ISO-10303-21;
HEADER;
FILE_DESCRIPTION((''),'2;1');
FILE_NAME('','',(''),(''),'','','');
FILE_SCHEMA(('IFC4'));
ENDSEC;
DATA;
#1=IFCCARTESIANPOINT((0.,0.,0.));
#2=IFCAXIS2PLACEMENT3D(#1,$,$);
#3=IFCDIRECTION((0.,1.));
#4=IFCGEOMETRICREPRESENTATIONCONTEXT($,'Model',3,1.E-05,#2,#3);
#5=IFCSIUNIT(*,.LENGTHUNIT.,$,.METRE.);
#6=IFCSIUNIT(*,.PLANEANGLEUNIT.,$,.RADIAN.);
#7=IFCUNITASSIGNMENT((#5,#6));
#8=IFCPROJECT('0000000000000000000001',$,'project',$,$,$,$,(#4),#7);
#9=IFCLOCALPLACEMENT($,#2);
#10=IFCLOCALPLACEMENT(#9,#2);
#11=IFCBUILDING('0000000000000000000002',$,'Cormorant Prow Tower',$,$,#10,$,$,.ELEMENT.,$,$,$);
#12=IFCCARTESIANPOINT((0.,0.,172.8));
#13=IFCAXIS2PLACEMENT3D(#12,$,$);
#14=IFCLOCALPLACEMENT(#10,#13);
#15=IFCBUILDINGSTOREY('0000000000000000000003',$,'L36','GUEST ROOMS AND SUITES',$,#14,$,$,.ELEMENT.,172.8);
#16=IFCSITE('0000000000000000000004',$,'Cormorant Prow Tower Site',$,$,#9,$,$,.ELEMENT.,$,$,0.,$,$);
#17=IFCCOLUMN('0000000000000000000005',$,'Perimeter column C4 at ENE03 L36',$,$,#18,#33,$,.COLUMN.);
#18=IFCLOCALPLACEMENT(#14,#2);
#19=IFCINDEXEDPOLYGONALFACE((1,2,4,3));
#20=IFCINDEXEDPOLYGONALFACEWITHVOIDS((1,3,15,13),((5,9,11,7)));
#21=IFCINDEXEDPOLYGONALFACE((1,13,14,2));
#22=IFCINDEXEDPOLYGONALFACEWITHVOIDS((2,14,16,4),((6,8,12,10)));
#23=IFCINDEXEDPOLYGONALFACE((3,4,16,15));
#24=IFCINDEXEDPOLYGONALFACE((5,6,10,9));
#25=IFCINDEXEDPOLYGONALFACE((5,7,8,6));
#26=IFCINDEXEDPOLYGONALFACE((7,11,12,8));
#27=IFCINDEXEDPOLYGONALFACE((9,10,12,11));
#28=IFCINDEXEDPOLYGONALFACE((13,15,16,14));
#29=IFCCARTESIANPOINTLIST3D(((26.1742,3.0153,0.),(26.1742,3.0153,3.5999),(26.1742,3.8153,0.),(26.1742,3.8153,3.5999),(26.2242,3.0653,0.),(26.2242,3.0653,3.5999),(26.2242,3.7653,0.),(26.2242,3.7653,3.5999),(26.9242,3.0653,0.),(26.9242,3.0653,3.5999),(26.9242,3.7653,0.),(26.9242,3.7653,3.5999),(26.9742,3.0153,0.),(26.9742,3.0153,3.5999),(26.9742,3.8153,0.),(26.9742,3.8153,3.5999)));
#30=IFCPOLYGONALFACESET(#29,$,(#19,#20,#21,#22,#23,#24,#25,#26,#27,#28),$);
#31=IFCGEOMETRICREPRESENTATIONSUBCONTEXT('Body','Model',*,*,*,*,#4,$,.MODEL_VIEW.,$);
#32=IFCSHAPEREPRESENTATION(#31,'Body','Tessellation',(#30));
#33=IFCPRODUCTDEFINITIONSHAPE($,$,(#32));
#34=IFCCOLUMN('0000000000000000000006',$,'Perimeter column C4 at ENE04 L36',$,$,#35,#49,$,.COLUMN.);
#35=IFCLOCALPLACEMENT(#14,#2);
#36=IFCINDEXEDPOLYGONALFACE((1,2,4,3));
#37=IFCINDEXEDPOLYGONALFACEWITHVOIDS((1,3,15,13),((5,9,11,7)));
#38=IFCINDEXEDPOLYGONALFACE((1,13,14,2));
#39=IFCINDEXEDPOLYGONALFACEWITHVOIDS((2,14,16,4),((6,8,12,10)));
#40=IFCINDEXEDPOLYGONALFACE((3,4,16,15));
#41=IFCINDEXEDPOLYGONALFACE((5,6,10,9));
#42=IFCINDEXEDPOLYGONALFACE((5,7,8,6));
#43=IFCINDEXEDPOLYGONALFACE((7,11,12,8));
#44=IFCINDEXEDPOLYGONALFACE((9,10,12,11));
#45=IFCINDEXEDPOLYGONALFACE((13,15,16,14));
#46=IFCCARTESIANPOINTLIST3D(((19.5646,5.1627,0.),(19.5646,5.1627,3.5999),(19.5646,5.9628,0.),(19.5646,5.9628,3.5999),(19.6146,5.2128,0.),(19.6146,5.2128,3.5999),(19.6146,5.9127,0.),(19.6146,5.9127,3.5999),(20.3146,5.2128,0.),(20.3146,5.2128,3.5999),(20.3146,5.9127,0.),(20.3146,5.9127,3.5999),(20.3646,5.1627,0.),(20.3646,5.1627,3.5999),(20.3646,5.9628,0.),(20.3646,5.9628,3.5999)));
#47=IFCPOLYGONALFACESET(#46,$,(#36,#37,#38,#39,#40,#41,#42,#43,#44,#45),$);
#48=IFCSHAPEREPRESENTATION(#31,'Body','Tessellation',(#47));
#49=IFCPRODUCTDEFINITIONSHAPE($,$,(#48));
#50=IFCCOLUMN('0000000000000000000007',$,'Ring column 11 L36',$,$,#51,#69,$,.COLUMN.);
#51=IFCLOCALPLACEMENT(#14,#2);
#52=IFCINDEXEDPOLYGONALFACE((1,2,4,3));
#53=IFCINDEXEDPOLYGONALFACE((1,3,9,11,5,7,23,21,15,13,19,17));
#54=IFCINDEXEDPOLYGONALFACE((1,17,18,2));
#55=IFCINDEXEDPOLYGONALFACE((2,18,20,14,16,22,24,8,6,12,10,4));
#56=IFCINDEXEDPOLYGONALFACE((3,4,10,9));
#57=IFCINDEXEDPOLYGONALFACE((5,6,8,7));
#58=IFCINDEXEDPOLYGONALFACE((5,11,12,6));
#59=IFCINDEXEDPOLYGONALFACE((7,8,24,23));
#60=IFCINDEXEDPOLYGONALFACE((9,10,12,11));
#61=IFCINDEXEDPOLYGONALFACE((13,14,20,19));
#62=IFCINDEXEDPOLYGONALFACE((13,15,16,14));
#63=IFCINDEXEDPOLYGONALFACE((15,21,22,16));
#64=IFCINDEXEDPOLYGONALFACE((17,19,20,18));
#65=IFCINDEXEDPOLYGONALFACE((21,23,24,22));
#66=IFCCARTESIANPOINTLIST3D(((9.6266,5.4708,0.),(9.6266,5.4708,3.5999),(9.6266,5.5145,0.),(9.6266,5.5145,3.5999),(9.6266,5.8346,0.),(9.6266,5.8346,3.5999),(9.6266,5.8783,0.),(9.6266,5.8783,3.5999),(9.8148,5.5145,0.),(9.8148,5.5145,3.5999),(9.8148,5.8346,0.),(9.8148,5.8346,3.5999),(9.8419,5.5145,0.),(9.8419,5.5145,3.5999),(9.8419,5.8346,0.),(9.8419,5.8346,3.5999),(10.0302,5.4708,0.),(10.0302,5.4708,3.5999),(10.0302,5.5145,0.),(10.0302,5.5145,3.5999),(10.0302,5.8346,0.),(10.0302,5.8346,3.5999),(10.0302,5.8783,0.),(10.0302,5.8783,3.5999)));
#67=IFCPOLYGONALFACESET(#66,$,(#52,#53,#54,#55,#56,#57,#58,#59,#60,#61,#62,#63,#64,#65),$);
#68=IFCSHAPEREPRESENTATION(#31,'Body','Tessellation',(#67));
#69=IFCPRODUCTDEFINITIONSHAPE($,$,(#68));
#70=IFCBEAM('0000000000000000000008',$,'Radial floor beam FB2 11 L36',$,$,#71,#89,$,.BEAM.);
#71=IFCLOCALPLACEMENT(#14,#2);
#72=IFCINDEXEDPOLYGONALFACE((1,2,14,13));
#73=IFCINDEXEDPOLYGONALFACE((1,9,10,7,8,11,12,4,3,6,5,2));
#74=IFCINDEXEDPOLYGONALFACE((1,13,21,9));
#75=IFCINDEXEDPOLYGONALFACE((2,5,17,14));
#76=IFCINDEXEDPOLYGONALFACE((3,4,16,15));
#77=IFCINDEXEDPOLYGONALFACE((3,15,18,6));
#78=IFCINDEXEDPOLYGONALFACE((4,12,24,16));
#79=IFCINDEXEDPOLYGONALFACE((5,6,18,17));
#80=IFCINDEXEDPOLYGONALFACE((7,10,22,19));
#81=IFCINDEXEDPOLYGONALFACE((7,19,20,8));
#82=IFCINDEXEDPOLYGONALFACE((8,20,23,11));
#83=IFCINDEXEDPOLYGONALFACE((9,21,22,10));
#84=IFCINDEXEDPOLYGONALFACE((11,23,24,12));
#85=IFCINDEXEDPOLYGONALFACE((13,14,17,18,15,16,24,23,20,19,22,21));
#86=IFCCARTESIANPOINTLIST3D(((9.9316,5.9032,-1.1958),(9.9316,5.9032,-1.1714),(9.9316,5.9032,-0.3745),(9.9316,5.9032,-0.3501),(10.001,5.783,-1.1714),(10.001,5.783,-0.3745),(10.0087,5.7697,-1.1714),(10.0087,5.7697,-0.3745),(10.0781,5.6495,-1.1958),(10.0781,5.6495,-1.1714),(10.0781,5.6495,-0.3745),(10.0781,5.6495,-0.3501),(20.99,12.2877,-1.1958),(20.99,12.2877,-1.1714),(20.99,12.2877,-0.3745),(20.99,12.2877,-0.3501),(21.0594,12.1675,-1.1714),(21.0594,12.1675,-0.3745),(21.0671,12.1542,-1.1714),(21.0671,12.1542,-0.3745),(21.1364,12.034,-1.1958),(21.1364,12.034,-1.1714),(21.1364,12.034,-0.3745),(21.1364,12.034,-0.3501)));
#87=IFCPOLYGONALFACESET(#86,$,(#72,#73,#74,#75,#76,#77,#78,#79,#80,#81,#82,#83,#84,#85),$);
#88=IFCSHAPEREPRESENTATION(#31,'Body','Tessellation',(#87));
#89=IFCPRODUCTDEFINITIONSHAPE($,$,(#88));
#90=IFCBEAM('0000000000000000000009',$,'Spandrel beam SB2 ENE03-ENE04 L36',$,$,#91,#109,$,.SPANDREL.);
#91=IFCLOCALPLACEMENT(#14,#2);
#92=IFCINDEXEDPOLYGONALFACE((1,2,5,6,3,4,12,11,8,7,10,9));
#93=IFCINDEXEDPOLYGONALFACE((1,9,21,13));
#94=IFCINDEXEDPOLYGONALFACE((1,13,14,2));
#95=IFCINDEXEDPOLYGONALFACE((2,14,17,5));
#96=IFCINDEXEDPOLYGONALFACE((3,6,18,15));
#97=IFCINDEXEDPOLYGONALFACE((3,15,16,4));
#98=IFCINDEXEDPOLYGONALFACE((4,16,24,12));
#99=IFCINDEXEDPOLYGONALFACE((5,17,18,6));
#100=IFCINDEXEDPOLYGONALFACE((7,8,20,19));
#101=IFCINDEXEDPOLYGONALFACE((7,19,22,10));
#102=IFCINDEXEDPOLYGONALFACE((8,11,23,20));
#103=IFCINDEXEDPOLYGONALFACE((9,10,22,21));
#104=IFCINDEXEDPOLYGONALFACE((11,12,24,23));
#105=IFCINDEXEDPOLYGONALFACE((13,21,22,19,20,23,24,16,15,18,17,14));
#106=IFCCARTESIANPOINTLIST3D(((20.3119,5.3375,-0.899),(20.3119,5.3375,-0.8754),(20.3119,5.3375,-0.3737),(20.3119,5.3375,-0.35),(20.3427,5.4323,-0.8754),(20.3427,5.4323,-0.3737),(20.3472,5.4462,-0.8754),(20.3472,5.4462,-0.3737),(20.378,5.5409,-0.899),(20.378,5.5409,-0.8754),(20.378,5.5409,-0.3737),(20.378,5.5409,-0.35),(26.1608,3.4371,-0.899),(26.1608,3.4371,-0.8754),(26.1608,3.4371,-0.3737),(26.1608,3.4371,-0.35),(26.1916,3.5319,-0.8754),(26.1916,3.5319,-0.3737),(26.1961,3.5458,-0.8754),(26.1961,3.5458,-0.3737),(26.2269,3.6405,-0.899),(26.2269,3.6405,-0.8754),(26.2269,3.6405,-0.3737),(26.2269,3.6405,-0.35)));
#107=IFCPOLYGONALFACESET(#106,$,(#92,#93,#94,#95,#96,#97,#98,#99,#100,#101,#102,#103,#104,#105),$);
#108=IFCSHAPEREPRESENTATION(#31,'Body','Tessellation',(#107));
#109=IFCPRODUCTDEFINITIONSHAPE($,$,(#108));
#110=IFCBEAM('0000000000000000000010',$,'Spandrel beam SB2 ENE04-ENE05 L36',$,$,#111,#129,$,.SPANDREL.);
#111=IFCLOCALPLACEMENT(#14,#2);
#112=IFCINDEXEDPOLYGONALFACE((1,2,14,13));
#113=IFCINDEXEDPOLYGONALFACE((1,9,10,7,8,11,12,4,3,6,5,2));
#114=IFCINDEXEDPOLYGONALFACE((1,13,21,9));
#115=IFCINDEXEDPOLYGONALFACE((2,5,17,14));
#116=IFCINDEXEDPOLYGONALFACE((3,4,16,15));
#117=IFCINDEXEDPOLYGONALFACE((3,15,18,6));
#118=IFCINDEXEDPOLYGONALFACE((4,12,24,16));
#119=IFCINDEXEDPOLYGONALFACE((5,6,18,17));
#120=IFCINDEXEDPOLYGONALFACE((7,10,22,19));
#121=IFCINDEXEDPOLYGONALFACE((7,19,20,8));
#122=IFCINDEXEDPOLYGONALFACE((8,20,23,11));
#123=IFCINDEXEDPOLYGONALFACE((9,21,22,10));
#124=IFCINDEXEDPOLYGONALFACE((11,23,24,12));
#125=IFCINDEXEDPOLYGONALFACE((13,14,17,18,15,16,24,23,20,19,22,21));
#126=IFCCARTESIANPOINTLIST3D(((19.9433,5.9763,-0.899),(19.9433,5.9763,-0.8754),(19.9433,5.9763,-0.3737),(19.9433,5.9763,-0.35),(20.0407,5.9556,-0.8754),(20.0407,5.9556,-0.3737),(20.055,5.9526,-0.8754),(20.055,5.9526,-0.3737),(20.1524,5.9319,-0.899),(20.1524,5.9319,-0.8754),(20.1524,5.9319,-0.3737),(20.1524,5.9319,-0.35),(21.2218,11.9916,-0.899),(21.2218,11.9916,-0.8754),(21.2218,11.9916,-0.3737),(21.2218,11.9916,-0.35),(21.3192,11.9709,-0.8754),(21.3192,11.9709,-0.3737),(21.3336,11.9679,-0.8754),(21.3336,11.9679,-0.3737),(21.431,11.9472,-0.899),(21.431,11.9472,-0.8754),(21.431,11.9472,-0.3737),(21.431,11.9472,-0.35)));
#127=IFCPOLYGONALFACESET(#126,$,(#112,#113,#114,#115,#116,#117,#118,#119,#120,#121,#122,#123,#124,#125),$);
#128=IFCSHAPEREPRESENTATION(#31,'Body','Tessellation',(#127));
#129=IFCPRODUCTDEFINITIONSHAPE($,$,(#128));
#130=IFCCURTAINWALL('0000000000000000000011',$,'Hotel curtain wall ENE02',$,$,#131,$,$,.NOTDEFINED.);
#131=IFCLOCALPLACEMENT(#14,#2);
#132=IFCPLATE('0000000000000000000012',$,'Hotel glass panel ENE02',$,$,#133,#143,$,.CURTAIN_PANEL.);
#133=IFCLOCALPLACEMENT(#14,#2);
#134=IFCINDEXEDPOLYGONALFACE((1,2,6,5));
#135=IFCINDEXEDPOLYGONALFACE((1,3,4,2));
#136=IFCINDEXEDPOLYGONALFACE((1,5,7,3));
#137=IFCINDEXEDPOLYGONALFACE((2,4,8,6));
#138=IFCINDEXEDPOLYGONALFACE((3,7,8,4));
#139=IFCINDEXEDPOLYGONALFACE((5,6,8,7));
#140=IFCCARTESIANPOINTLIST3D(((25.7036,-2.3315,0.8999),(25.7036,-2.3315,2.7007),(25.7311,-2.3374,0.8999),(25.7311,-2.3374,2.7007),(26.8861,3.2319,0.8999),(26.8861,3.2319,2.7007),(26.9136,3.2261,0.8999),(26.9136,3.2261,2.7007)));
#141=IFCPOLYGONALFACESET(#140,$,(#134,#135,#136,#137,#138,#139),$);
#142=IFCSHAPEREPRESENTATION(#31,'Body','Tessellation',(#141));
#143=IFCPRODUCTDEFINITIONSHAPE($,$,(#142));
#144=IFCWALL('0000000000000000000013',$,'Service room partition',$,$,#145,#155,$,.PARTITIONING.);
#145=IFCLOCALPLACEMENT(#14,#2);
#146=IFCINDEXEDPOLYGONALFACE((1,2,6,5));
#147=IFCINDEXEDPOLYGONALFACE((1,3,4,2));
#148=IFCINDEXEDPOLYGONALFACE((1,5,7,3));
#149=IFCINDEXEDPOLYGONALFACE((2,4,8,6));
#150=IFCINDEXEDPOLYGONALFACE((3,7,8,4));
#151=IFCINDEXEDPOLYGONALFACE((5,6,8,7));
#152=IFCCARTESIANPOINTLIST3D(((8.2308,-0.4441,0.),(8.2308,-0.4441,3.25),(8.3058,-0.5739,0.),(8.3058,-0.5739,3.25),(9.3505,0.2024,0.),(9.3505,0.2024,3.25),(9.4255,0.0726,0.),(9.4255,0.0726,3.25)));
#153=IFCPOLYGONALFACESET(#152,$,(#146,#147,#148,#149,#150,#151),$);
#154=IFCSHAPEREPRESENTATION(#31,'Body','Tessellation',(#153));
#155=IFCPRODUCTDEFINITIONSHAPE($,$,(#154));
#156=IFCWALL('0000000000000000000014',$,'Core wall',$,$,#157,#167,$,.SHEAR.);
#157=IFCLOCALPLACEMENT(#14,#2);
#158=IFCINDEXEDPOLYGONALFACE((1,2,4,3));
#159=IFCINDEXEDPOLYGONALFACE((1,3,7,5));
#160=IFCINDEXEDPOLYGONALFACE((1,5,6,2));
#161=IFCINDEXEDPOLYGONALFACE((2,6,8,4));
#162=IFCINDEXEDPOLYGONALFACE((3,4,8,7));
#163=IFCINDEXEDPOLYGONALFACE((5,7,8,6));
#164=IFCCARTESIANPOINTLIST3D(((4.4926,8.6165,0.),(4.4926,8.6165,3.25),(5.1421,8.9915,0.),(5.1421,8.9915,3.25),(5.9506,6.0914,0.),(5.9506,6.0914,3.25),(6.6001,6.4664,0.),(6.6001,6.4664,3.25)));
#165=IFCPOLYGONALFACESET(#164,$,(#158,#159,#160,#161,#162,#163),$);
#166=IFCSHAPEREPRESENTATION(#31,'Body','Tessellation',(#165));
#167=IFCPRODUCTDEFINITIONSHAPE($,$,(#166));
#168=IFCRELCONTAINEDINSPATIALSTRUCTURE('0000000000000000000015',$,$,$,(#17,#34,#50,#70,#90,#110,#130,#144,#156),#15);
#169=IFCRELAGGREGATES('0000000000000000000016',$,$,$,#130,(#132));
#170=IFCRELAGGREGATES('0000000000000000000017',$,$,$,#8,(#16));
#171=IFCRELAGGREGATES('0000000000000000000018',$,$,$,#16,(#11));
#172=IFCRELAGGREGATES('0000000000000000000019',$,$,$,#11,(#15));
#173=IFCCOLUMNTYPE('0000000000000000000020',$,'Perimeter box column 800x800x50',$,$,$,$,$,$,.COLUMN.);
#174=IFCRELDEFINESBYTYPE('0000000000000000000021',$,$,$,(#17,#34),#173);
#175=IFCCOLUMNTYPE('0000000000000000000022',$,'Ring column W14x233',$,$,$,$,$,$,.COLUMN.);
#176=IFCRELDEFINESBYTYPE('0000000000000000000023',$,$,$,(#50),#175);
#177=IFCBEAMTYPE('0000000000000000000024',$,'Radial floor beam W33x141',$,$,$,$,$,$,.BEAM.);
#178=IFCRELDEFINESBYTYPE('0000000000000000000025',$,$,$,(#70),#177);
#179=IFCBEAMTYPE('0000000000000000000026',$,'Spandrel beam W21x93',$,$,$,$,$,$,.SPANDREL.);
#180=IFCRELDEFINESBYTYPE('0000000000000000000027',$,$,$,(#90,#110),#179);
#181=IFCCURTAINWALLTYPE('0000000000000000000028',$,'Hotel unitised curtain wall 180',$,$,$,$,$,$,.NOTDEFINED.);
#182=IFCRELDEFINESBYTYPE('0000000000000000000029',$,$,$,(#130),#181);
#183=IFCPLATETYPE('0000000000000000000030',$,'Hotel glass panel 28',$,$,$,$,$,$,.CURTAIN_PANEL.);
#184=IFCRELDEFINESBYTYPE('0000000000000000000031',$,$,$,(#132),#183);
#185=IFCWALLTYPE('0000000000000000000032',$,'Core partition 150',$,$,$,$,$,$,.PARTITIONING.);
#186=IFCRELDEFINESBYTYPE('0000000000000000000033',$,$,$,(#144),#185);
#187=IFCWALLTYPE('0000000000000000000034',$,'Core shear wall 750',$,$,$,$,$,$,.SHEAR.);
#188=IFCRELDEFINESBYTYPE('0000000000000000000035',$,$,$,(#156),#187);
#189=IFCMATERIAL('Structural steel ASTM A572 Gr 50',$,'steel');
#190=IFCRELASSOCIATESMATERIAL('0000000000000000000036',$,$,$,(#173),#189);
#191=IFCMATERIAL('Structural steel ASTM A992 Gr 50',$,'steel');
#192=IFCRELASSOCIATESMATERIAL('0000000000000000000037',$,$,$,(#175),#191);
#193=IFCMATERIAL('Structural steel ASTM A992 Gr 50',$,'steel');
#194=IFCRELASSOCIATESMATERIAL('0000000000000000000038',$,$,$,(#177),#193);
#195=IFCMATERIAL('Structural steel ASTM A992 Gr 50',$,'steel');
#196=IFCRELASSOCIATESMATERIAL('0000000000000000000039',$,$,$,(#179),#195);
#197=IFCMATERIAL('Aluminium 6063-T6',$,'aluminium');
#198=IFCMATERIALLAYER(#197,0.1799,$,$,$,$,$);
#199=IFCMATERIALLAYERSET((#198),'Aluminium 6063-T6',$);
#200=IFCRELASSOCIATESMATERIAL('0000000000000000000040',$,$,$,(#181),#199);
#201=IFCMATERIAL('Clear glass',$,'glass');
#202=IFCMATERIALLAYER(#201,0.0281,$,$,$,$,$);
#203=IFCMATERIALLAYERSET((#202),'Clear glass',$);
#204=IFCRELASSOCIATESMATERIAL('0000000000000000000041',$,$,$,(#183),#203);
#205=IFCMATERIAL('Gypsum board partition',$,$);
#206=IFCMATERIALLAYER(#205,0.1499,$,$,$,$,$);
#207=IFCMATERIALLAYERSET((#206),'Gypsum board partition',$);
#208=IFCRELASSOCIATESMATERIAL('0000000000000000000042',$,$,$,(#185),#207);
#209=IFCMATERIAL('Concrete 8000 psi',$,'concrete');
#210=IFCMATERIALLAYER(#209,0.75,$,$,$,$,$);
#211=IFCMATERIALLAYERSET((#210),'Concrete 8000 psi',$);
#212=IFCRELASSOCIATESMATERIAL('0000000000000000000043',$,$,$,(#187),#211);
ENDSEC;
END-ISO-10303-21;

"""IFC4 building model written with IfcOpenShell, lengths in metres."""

from ifc_helpers import new_model, si_unit, direction, frame, frame_2d, origin, origin_2d, place, context, subcontext, project, spatial, rectangle, hollow_rectangle, i_section, extrude, material, layer, layer_set, material_profile, profile_set, type_object, element, aggregate, save


model = new_model("IFC4")

# Units and contexts
model_context = context("Model", 3, precision=1e-05, world=origin(), true_north=direction((0.0, 1.0)))
body_context = subcontext(model_context, "Body", "Model", "MODEL_VIEW")
ifc_project = project(units=[si_unit("LENGTHUNIT", "METRE"), si_unit("PLANEANGLEUNIT", "RADIAN")], contexts=[model_context])

# Site, building, storey
site_placement = place(None, origin())
site = spatial("IfcSite", under=ifc_project, at=site_placement, Name="Cormorant Prow Tower Site", CompositionType="ELEMENT", RefElevation=0.0)
building_placement = place(site_placement, origin())
building = spatial("IfcBuilding", under=site, at=building_placement, Name="Cormorant Prow Tower", CompositionType="ELEMENT")
storey_placement = place(building_placement, frame((0.0, 0.0, 172.8)))
storey = spatial("IfcBuildingStorey", under=building, at=storey_placement, Name="L36", Description="GUEST ROOMS AND SUITES", CompositionType="ELEMENT", Elevation=172.8)

# Columns
ifc_material_1 = material(Name="Structural steel ASTM A572 Gr 50", Category="steel")
ifc_material_profile_1 = material_profile(ifc_material_1, hollow_rectangle(XDim=0.8, YDim=0.8, WallThickness=0.05, at=origin_2d()), Name="Box 800x800x50")
ifc_profile_set_1 = profile_set([ifc_material_profile_1], Name="Structural steel ASTM A572 Gr 50")
column_type_1 = type_object("IfcColumnType", Name="Perimeter box column 800x800x50", PredefinedType="COLUMN", material=ifc_profile_set_1)
for number, where, z_axis, x_axis, name in (
    (1, (26.5742, 3.4153, 0.0), (0.0, 0.0, 1.0), (1.0, 0.0, 0.0), "Perimeter column C4 at ENE03 L36"),
    (2, (19.9646, 5.5627, 0.0), (0.0, 0.0, 1.0), (1.0, 0.0, 0.0), "Perimeter column C4 at ENE04 L36"),
):
    element("IfcColumn", number, at=place(storey_placement, frame(where, z_axis=z_axis, x_axis=x_axis)), inside=storey, type_object=column_type_1, Name=name, PredefinedType="COLUMN", context=body_context, shape_type="SweptSolid", body=[
        extrude(hollow_rectangle(XDim=0.8, YDim=0.8, WallThickness=0.05, at=origin_2d()), origin(), (0.0, 0.0, 1.0), 3.5999),
    ])
ifc_material_2 = material(Name="Structural steel ASTM A992 Gr 50", Category="steel")
ifc_material_profile_2 = material_profile(ifc_material_2, i_section(OverallWidth=0.4036, OverallDepth=0.4075, WebThickness=0.0271, FlangeThickness=0.0437, at=origin_2d()), Name="W14x233")
ifc_profile_set_2 = profile_set([ifc_material_profile_2], Name="Structural steel ASTM A992 Gr 50")
column_type_2 = type_object("IfcColumnType", Name="Ring column W14x233", PredefinedType="COLUMN", material=ifc_profile_set_2)
column_placement = place(storey_placement, frame((9.8284, 5.6746, 0.0), z_axis=(0.0, 0.0, 1.0), x_axis=(1.0, 0.0, 0.0)))
element("IfcColumn", 3, at=column_placement, inside=storey, type_object=column_type_2, Name="Ring column 11 L36", PredefinedType="COLUMN", context=body_context, shape_type="SweptSolid", body=[
    extrude(i_section(OverallWidth=0.4036, OverallDepth=0.4075, WebThickness=0.0271, FlangeThickness=0.0437, at=origin_2d()), origin(), (0.0, 0.0, 1.0), 3.5999),
])

# Beams
ifc_material_3 = material(Name="Structural steel ASTM A992 Gr 50", Category="steel")
ifc_material_profile_3 = material_profile(ifc_material_3, i_section(OverallWidth=0.293, OverallDepth=0.8457, WebThickness=0.0154, FlangeThickness=0.0244, at=origin_2d()), Name="W33x141")
ifc_profile_set_3 = profile_set([ifc_material_profile_3], Name="Structural steel ASTM A992 Gr 50")
beam_type_1 = type_object("IfcBeamType", Name="Radial floor beam W33x141", PredefinedType="BEAM", material=ifc_profile_set_3)
beam_1_placement = place(storey_placement, frame((10.0049, 5.7764, -0.7729), z_axis=(0.866026, 0.499999, 0.0), x_axis=(-0.499999, 0.866026, 0.0)))
element("IfcBeam", 4, at=beam_1_placement, inside=storey, type_object=beam_type_1, Name="Radial floor beam FB2 11 L36", PredefinedType="BEAM", context=body_context, shape_type="SweptSolid", body=[
    extrude(i_section(OverallWidth=0.293, OverallDepth=0.8457, WebThickness=0.0154, FlangeThickness=0.0244, at=origin_2d()), origin(), (0.0, 0.0, 1.0), 12.769),
])
ifc_material_4 = material(Name="Structural steel ASTM A992 Gr 50", Category="steel")
ifc_material_profile_4 = material_profile(ifc_material_4, i_section(OverallWidth=0.2139, OverallDepth=0.5491, WebThickness=0.0146, FlangeThickness=0.0237, at=origin_2d()), Name="W21x93")
ifc_profile_set_4 = profile_set([ifc_material_profile_4], Name="Structural steel ASTM A992 Gr 50")
beam_type_2 = type_object("IfcBeamType", Name="Spandrel beam W21x93", PredefinedType="SPANDREL", material=ifc_profile_set_4)
beam_2_placement = place(storey_placement, frame((26.1938, 3.5388, -0.6245), z_axis=(-0.951058, 0.309013, 0.0), x_axis=(-0.309013, -0.951058, 0.0)))
element("IfcBeam", 5, at=beam_2_placement, inside=storey, type_object=beam_type_2, Name="Spandrel beam SB2 ENE03-ENE04 L36", PredefinedType="SPANDREL", context=body_context, shape_type="SweptSolid", body=[
    extrude(i_section(OverallWidth=0.2139, OverallDepth=0.5491, WebThickness=0.0146, FlangeThickness=0.0237, at=origin_2d()), origin(), (0.0, 0.0, 1.0), 6.1499),
])
beam_3_placement = place(storey_placement, frame((20.0479, 5.9541, -0.6245), z_axis=(0.207905, 0.978149, 0.0), x_axis=(-0.978149, 0.207905, 0.0)))
element("IfcBeam", 6, at=beam_3_placement, inside=storey, type_object=beam_type_2, Name="Spandrel beam SB2 ENE04-ENE05 L36", PredefinedType="SPANDREL", context=body_context, shape_type="SweptSolid", body=[
    extrude(i_section(OverallWidth=0.2139, OverallDepth=0.5491, WebThickness=0.0146, FlangeThickness=0.0237, at=origin_2d()), origin(), (0.0, 0.0, 1.0), 6.1497),
])

# Curtain wall, plate
ifc_material_5 = material(Name="Aluminium 6063-T6", Category="aluminium")
ifc_layer_1 = layer(ifc_material_5, 0.1799)
ifc_layer_set_1 = layer_set([ifc_layer_1], Name="Aluminium 6063-T6")
curtain_wall_type = type_object("IfcCurtainWallType", Name="Hotel unitised curtain wall 180", PredefinedType="NOTDEFINED", material=ifc_layer_set_1)
curtain_wall_placement = place(storey_placement, origin())
curtain_wall = element("IfcCurtainWall", 7, at=curtain_wall_placement, inside=storey, type_object=curtain_wall_type, Name="Hotel curtain wall ENE02", PredefinedType="NOTDEFINED")
ifc_material_6 = material(Name="Clear glass", Category="glass")
ifc_layer_2 = layer(ifc_material_6, 0.0281)
ifc_layer_set_2 = layer_set([ifc_layer_2], Name="Clear glass")
plate_type = type_object("IfcPlateType", Name="Hotel glass panel 28", PredefinedType="CURTAIN_PANEL", material=ifc_layer_set_2)
plate_placement = place(storey_placement, frame((26.3086, 0.4473, 0.8999), z_axis=(0.0, 0.0, 1.0), x_axis=(0.207912, 0.978148, 0.0)))
plate = element("IfcPlate", 8, at=plate_placement, type_object=plate_type, Name="Hotel glass panel ENE02", PredefinedType="CURTAIN_PANEL", context=body_context, shape_type="SweptSolid", body=[
    extrude(rectangle(XDim=5.6877, YDim=0.0281, at=origin_2d()), origin(), (0.0, 0.0, 1.0), 1.8008),
])
aggregate(curtain_wall, [plate])

# Walls
ifc_material_7 = material(Name="Gypsum board partition")
ifc_layer_3 = layer(ifc_material_7, 0.1499)
ifc_layer_set_3 = layer_set([ifc_layer_3], Name="Gypsum board partition")
wall_type_1 = type_object("IfcWallType", Name="Core partition 150", PredefinedType="PARTITIONING", material=ifc_layer_set_3)
wall_1_placement = place(storey_placement, frame((8.2683, -0.509, 0.0), z_axis=(0.0, 0.0, 1.0), x_axis=(0.866003, 0.500038, 0.0)))
element("IfcWall", 9, at=wall_1_placement, inside=storey, type_object=wall_type_1, Name="Service room partition", PredefinedType="PARTITIONING", context=body_context, shape_type="SweptSolid", body=[
    extrude(rectangle(XDim=1.293, YDim=0.1499, at=frame_2d((0.6465, 0.0))), origin(), (0.0, 0.0, 1.0), 3.25),
])
ifc_material_8 = material(Name="Concrete 8000 psi", Category="concrete")
ifc_layer_4 = layer(ifc_material_8, 0.75)
ifc_layer_set_4 = layer_set([ifc_layer_4], Name="Concrete 8000 psi")
wall_type_2 = type_object("IfcWallType", Name="Core shear wall 750", PredefinedType="SHEAR", material=ifc_layer_set_4)
wall_2_placement = place(storey_placement, frame((6.2754, 6.2788, 0.0), z_axis=(0.0, 0.0, 1.0), x_axis=(-0.500029, 0.866009, 0.0)))
element("IfcWall", 10, at=wall_2_placement, inside=storey, type_object=wall_type_2, Name="Core wall", PredefinedType="SHEAR", context=body_context, shape_type="SweptSolid", body=[
    extrude(rectangle(XDim=2.9158, YDim=0.75, at=frame_2d((1.458, 0.0))), origin(), (0.0, 0.0, 1.0), 3.25),
])

save(model, "model.ifc")
